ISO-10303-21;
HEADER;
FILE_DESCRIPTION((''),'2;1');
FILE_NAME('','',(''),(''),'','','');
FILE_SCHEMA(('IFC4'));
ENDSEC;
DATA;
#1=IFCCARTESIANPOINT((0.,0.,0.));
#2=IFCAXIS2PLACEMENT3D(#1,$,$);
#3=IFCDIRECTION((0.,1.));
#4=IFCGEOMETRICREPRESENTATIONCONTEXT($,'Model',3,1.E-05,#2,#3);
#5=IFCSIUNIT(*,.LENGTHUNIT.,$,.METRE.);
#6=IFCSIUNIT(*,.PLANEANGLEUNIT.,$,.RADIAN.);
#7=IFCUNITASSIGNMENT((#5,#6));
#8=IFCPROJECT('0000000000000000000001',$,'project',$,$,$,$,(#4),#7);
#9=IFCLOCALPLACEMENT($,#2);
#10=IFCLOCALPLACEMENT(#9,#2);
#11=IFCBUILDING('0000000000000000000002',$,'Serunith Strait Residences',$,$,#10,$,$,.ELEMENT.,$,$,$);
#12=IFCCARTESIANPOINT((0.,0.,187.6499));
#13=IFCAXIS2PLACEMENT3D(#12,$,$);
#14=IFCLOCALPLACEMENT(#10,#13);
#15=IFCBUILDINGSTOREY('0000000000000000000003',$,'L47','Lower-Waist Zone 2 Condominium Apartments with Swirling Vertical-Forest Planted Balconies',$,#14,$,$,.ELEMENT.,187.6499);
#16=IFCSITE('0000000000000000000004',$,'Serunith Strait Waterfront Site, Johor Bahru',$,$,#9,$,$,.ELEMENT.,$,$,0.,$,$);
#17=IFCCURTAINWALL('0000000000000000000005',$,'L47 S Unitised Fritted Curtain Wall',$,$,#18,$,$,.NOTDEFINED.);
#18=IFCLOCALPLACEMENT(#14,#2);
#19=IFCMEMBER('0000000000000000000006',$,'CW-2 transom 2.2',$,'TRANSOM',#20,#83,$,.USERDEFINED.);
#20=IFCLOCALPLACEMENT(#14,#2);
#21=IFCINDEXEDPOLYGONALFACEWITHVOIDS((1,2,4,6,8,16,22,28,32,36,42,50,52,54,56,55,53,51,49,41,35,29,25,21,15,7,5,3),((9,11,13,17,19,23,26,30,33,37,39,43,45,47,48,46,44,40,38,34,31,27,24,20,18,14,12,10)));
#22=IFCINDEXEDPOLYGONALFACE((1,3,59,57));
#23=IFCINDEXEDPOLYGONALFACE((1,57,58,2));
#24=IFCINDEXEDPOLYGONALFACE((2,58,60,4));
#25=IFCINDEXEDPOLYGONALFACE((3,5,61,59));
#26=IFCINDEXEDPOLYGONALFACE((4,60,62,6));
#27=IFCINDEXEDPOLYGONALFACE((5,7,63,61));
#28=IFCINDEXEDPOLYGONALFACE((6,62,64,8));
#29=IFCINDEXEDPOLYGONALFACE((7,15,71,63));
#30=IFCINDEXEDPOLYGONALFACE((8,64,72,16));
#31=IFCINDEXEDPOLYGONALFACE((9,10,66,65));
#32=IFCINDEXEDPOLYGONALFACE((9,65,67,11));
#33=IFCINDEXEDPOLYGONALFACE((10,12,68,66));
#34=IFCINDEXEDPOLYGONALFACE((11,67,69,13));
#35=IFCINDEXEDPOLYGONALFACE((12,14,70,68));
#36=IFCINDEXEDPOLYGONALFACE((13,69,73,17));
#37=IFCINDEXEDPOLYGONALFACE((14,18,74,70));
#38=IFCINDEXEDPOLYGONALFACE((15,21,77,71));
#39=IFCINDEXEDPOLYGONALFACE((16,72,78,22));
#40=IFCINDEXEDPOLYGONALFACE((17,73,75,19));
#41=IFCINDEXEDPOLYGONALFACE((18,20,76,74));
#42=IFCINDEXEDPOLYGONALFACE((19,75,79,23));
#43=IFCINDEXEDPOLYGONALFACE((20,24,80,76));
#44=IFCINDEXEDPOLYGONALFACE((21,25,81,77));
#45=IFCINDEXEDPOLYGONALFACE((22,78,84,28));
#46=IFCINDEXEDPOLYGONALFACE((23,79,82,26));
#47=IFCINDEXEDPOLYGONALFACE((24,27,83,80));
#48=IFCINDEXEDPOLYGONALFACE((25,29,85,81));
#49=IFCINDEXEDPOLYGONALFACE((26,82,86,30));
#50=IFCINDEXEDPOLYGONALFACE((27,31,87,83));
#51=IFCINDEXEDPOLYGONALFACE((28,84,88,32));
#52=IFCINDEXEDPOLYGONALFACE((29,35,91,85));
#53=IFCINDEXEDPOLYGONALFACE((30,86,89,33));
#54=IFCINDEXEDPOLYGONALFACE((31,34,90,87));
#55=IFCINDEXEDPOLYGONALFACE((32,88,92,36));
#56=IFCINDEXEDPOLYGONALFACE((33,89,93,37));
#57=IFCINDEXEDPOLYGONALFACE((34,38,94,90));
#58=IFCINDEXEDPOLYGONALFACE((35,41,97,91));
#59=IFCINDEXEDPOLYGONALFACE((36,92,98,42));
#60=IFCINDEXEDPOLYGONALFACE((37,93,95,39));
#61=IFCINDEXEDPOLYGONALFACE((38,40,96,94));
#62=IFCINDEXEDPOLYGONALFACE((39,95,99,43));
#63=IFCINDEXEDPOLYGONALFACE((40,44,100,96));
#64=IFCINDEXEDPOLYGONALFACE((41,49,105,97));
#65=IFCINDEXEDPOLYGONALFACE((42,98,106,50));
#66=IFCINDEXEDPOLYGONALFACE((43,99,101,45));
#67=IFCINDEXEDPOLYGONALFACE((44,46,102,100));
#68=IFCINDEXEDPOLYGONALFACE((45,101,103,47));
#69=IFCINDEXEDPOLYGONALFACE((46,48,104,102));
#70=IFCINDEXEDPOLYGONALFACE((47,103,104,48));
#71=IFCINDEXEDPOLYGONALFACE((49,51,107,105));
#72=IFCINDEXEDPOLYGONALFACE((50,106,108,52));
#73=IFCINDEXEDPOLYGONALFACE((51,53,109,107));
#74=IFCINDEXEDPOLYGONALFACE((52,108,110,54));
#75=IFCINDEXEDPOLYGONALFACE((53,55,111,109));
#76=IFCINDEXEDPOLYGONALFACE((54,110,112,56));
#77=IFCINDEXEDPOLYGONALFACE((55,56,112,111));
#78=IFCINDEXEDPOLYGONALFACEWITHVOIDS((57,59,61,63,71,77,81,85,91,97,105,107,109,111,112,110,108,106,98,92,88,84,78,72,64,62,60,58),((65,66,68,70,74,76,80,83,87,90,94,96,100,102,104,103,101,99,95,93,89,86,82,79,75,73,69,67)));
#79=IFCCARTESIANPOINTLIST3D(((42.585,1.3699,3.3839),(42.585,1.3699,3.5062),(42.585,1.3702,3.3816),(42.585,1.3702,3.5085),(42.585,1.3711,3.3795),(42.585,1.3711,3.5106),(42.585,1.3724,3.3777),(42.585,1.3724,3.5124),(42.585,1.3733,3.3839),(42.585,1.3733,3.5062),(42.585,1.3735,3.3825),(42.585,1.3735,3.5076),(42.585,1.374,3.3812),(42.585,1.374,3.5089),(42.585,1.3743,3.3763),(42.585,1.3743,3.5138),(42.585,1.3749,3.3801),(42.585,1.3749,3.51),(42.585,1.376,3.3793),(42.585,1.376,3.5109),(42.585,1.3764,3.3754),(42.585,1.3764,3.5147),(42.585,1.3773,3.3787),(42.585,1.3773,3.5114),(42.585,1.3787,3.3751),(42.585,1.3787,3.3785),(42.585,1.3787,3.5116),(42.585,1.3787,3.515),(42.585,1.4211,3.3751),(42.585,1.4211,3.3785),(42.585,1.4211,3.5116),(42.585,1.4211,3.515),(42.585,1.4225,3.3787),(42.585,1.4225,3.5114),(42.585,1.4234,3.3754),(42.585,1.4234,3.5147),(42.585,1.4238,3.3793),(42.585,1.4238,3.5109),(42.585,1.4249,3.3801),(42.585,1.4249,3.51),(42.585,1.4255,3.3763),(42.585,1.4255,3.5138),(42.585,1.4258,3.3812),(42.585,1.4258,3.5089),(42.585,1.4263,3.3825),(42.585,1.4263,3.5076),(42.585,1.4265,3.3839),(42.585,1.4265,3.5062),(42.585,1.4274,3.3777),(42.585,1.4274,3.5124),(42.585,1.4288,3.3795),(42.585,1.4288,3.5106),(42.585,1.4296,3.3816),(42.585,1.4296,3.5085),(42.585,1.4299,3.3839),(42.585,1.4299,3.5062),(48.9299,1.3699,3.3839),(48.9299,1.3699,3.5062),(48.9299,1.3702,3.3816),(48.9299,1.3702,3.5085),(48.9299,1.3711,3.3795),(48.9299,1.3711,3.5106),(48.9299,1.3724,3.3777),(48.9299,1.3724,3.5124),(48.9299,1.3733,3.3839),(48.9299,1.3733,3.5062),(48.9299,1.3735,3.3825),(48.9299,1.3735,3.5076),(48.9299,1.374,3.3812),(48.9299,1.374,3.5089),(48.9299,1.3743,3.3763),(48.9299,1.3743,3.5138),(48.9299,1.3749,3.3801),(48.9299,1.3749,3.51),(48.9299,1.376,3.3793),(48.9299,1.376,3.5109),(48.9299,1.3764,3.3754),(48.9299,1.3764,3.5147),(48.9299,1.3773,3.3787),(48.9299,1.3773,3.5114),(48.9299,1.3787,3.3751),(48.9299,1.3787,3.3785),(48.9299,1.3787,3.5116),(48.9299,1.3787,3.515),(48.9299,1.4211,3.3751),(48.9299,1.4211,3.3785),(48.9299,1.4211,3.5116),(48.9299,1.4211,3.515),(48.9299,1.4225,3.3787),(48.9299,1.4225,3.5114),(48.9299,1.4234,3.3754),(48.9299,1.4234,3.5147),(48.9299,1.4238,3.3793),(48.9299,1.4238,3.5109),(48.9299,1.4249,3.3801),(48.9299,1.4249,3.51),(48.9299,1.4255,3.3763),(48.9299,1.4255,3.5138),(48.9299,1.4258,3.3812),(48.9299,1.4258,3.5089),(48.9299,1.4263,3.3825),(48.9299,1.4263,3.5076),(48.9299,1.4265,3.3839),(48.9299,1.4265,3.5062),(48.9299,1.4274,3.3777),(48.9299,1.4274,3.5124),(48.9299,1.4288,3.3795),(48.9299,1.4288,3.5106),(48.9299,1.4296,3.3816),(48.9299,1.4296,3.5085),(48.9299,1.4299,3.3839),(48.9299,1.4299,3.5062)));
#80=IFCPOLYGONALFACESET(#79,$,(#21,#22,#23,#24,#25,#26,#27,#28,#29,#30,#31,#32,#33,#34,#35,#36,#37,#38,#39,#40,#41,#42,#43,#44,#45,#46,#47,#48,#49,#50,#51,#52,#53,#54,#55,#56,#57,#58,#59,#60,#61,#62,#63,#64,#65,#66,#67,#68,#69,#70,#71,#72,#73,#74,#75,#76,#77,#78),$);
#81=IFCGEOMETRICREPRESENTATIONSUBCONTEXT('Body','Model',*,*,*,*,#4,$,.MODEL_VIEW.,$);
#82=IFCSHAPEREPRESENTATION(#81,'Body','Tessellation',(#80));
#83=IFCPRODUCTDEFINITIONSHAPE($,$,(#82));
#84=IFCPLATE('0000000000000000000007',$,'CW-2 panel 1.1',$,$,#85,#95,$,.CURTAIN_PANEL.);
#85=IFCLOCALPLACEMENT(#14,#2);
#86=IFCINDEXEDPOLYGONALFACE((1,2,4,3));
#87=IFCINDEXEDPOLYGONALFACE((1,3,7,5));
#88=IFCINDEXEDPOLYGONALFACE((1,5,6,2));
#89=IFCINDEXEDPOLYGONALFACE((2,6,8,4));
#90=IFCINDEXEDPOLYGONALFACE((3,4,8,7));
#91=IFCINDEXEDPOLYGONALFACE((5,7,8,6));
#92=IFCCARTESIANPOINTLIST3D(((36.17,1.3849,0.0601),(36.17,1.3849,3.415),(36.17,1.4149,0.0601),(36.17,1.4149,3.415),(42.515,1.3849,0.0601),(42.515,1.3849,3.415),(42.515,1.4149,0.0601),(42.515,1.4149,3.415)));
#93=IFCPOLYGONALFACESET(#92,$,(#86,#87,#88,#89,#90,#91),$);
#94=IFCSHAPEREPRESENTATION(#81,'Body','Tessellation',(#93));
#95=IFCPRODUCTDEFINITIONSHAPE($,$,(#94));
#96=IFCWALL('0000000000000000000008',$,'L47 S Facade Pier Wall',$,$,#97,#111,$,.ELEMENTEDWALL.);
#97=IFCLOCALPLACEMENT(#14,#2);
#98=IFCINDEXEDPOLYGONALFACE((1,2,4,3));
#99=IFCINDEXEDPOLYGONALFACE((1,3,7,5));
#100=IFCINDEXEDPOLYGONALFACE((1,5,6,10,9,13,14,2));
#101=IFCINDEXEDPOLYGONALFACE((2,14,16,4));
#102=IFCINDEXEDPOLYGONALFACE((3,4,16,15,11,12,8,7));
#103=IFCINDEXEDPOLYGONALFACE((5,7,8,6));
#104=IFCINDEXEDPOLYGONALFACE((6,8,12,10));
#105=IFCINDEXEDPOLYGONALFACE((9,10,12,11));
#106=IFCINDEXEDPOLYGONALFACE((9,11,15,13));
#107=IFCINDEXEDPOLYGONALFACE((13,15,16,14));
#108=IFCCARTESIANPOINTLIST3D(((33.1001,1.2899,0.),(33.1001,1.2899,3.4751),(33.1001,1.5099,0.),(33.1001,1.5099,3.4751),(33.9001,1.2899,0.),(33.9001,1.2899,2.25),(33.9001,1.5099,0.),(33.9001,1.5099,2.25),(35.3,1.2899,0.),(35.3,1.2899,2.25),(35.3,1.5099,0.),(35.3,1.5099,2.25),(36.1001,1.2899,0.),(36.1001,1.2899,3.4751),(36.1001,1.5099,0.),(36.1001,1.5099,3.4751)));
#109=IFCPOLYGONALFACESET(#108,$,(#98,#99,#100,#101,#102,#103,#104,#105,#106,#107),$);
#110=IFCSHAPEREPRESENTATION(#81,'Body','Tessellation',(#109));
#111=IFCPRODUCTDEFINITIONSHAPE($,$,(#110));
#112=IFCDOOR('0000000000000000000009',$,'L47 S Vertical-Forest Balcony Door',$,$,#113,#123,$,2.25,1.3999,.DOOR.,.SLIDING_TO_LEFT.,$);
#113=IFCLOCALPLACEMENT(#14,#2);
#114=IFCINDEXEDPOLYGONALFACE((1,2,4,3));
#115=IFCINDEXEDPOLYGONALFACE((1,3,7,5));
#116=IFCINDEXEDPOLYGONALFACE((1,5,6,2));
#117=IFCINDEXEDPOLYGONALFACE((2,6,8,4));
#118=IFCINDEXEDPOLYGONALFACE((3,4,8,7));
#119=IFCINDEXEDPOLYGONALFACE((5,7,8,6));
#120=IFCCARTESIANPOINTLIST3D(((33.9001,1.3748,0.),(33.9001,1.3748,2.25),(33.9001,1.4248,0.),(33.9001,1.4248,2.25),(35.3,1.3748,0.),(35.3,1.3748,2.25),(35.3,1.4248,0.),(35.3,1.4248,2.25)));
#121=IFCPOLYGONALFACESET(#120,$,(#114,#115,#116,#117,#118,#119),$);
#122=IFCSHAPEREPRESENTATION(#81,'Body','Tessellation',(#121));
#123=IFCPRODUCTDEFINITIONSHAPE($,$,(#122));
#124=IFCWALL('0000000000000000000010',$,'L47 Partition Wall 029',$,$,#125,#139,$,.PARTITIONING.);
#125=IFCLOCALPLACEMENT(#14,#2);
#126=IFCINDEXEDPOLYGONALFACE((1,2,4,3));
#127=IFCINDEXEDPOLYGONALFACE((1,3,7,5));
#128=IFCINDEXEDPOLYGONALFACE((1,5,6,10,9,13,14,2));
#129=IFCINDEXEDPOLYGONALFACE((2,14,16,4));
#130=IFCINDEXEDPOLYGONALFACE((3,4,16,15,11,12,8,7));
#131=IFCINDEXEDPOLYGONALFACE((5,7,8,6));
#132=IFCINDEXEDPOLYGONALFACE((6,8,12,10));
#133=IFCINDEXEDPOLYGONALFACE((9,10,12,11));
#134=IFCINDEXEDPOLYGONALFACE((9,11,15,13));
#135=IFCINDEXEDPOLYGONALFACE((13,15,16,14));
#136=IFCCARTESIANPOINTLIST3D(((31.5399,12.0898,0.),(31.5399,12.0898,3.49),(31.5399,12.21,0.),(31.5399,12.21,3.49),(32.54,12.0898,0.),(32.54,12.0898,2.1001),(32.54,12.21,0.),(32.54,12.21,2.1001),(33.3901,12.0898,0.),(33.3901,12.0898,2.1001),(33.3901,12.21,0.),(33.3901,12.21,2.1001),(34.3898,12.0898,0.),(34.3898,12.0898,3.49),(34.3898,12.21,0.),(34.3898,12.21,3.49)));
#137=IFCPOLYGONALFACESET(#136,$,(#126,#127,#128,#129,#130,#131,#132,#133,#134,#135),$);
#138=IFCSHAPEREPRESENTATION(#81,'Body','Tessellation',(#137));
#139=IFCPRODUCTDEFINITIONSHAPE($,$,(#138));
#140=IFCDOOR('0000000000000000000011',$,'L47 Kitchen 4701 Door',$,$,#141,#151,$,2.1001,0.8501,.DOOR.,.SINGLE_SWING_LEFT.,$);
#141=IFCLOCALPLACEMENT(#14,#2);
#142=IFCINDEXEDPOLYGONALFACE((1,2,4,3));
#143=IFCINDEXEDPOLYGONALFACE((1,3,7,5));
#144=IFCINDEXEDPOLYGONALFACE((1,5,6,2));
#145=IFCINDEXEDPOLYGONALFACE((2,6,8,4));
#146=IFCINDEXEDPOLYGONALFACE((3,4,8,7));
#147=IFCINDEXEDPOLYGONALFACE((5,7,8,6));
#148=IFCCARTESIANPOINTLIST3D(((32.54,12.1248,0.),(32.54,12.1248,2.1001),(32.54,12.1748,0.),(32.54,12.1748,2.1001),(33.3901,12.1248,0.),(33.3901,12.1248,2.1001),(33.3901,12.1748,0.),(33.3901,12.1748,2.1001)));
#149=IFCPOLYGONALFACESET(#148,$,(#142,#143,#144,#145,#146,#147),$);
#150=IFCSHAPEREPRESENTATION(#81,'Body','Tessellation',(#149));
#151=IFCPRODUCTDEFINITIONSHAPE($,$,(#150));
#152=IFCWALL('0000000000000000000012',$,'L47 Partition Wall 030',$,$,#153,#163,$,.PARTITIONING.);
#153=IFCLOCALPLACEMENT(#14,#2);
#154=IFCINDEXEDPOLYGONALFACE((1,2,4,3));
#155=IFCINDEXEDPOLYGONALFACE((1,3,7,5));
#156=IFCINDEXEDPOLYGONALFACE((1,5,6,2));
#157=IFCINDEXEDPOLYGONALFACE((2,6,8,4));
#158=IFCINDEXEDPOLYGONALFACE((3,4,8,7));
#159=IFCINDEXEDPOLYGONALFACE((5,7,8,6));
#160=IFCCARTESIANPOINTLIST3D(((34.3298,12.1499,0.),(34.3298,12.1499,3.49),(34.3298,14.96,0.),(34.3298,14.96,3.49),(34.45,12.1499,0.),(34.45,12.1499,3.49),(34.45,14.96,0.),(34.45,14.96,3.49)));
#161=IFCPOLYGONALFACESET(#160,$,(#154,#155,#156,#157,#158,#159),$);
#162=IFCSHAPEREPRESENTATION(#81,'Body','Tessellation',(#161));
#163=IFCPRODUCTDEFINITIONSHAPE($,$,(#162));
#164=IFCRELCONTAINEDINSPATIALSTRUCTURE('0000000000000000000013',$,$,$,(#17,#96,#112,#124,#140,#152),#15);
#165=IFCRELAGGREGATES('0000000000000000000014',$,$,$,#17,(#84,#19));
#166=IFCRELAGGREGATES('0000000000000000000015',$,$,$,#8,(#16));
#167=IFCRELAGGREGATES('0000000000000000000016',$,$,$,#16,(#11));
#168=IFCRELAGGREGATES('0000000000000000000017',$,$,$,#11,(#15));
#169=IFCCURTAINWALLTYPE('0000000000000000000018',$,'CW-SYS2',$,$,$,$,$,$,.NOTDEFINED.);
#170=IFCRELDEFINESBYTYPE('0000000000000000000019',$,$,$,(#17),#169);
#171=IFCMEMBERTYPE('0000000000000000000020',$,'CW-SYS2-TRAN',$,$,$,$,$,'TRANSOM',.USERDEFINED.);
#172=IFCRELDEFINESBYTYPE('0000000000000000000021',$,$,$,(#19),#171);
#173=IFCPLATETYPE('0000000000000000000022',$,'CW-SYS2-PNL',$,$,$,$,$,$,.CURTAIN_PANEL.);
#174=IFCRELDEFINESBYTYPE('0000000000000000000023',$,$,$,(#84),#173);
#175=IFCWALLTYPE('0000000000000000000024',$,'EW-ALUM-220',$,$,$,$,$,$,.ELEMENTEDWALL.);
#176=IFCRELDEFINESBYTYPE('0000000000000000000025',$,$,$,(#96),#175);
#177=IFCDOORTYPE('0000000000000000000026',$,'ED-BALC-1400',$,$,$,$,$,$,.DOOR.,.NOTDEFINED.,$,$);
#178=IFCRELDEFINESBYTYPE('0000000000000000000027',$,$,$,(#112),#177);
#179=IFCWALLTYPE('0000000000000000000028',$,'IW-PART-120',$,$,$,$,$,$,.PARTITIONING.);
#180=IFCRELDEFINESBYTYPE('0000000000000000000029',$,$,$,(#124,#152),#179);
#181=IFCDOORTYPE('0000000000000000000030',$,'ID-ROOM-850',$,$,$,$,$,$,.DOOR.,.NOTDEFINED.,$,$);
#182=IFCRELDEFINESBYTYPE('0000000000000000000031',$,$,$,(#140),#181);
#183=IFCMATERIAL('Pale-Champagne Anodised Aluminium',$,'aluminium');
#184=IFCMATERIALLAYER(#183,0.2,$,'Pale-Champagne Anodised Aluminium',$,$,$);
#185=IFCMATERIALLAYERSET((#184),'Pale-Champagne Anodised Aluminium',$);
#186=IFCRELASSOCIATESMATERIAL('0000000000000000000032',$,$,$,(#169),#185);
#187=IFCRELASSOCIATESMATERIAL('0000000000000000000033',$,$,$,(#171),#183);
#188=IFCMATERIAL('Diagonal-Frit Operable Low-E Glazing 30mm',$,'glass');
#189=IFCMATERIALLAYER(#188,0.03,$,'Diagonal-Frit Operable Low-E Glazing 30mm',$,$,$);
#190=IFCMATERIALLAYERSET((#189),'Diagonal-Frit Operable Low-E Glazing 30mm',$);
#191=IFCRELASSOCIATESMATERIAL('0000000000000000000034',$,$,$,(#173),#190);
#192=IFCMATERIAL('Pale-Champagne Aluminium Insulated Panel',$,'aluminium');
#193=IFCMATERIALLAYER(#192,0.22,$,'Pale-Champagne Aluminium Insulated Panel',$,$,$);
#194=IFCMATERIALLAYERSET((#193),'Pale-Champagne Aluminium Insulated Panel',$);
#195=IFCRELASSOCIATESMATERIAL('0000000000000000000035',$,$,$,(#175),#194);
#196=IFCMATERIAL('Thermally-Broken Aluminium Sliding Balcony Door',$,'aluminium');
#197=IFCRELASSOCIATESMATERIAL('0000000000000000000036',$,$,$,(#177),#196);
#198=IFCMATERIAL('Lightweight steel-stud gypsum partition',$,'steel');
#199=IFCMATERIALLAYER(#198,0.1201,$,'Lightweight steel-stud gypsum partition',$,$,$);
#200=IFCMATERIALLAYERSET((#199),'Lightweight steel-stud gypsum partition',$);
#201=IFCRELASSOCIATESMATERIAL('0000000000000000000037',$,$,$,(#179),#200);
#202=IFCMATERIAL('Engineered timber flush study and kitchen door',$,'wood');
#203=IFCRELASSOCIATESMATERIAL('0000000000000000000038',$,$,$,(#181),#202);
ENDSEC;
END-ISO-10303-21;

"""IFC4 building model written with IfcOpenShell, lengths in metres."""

from ifc_helpers import new_model, si_unit, direction, frame, frame_2d, origin, origin_2d, place, context, subcontext, project, spatial, rectangle, hollow_rectangle, extrude, source, transform, mapped, material, layer, layer_set, material_profile, profile_set, type_object, element, fill, aggregate, save


model = new_model("IFC4")

# Units and contexts
model_context = context("Model", 3, precision=1e-05, world=origin(), true_north=direction((0.0, 1.0)))
body_context = subcontext(model_context, "Body", "Model", "MODEL_VIEW")
ifc_project = project(units=[si_unit("LENGTHUNIT", "METRE"), si_unit("PLANEANGLEUNIT", "RADIAN")], contexts=[model_context])

# Site, building, storey
site_placement = place(None, origin())
site = spatial("IfcSite", under=ifc_project, at=site_placement, Name="Serunith Strait Waterfront Site, Johor Bahru", CompositionType="ELEMENT", RefElevation=0.0)
building_placement = place(site_placement, origin())
building = spatial("IfcBuilding", under=site, at=building_placement, Name="Serunith Strait Residences", CompositionType="ELEMENT")
storey_placement = place(building_placement, frame((0.0, 0.0, 187.6499)))
storey = spatial("IfcBuildingStorey", under=building, at=storey_placement, Name="L47", Description="Lower-Waist Zone 2 Condominium Apartments with Swirling Vertical-Forest Planted Balconies", CompositionType="ELEMENT", Elevation=187.6499)

# Shared definitions
ifc_material_1 = material(Name="Pale-Champagne Anodised Aluminium", Category="aluminium")
ifc_layer_1 = layer(ifc_material_1, 0.2, Name="Pale-Champagne Anodised Aluminium")
ifc_layer_set_1 = layer_set([ifc_layer_1], Name="Pale-Champagne Anodised Aluminium")
curtain_wall_type = type_object("IfcCurtainWallType", Name="CW-SYS2", PredefinedType="NOTDEFINED", material=ifc_layer_set_1)

# Curtain wall, member, plate
curtain_wall_1_placement = place(storey_placement, origin())
curtain_wall_1 = element("IfcCurtainWall", 1, at=curtain_wall_1_placement, inside=storey, type_object=curtain_wall_type, Name="L47 S Unitised Fritted Curtain Wall", PredefinedType="NOTDEFINED")
ifc_material_profile_1 = material_profile(ifc_material_1, hollow_rectangle(XDim=0.0601, YDim=0.1399, WallThickness=0.0034, InnerFilletRadius=0.0054, OuterFilletRadius=0.0088, at=origin_2d()), Name="ALU 140x60x3.5")
ifc_profile_set_1 = profile_set([ifc_material_profile_1], Name="Pale-Champagne Anodised Aluminium")
member_type_1 = type_object("IfcMemberType", Name="CW-SYS2-TRAN", ElementType="TRANSOM", PredefinedType="USERDEFINED", material=ifc_profile_set_1)
shared_shape_1 = source(origin(), body_context, "Body", "SweptSolid", [
    extrude(hollow_rectangle(XDim=0.0601, YDim=0.1399, WallThickness=0.0034, InnerFilletRadius=0.0054, OuterFilletRadius=0.0088, at=origin_2d()), origin(), (0.0, 0.0, 1.0), 6.345),
])
member_1_placement = place(storey_placement, frame((42.585, 1.3999, 3.4451), z_axis=(1.0, 0.0, 0.0), x_axis=(0.0, 1.0, 0.0)))
member_1 = element("IfcMember", 2, at=member_1_placement, type_object=member_type_1, Name="CW-2 transom 2.2", ObjectType="TRANSOM", PredefinedType="USERDEFINED", context=body_context, shape_type="MappedRepresentation", body=[
    mapped(shared_shape_1, transform((0.0, 0.0, 0.0), scale=1.0)),
])
ifc_material_2 = material(Name="Diagonal-Frit Operable Low-E Glazing 30mm", Category="glass")
ifc_layer_2 = layer(ifc_material_2, 0.03, Name="Diagonal-Frit Operable Low-E Glazing 30mm")
ifc_layer_set_2 = layer_set([ifc_layer_2], Name="Diagonal-Frit Operable Low-E Glazing 30mm")
plate_type = type_object("IfcPlateType", Name="CW-SYS2-PNL", PredefinedType="CURTAIN_PANEL", material=ifc_layer_set_2)
shared_shape_2 = source(origin(), body_context, "Body", "SweptSolid", [
    extrude(rectangle(XDim=6.345, YDim=0.03, at=origin_2d()), origin(), (0.0, 0.0, 1.0), 3.355),
])
plate_placement = place(storey_placement, frame((39.3425, 1.3999, 0.0601), z_axis=(0.0, 0.0, 1.0), x_axis=(1.0, 0.0, 0.0)))
plate = element("IfcPlate", 3, at=plate_placement, type_object=plate_type, Name="CW-2 panel 1.1", PredefinedType="CURTAIN_PANEL", context=body_context, shape_type="MappedRepresentation", body=[
    mapped(shared_shape_2, transform((0.0, 0.0, 0.0), scale=1.0)),
])
aggregate(curtain_wall_1, [plate, member_1])

# Walls, openings, doors
ifc_material_3 = material(Name="Pale-Champagne Aluminium Insulated Panel", Category="aluminium")
ifc_layer_3 = layer(ifc_material_3, 0.22, Name="Pale-Champagne Aluminium Insulated Panel")
ifc_layer_set_3 = layer_set([ifc_layer_3], Name="Pale-Champagne Aluminium Insulated Panel")
wall_type_1 = type_object("IfcWallType", Name="EW-ALUM-220", PredefinedType="ELEMENTEDWALL", material=ifc_layer_set_3)
wall_1_placement = place(storey_placement, frame((33.1001, 1.3999, 0.0), z_axis=(0.0, 0.0, 1.0), x_axis=(1.0, 0.0, 0.0)))
wall_1 = element("IfcWall", 4, at=wall_1_placement, inside=storey, type_object=wall_type_1, Name="L47 S Facade Pier Wall", PredefinedType="ELEMENTEDWALL", context=body_context, shape_type="SweptSolid", body=[
    extrude(rectangle(XDim=3.0, YDim=0.22, at=frame_2d((1.5, 0.0))), origin(), (0.0, 0.0, 1.0), 3.4751),
])
opening_1_placement = place(wall_1_placement, frame((0.8, 0.0, 0.0)))
opening_1 = element("IfcOpeningElement", 5, at=opening_1_placement, cuts=wall_1, PredefinedType="OPENING", context=body_context, shape_type="SweptSolid", body=[
    extrude(rectangle(XDim=1.3999, YDim=2.25, at=frame_2d((0.7, 1.125))), frame((0.0, 0.1201, 0.0), z_axis=(0.0, -1.0, 0.0), x_axis=(1.0, 0.0, 0.0)), (0.0, 0.0, 1.0), 0.24),
])
ifc_material_4 = material(Name="Thermally-Broken Aluminium Sliding Balcony Door", Category="aluminium")
door_type_1 = type_object("IfcDoorType", Name="ED-BALC-1400", OperationType="NOTDEFINED", PredefinedType="DOOR", material=ifc_material_4)
shared_shape_3 = source(origin(), body_context, "Body", "SweptSolid", [
    extrude(rectangle(XDim=1.3999, YDim=2.25, at=frame_2d((0.7, 1.125))), frame((0.0, 0.0249, 0.0), z_axis=(0.0, -1.0, 0.0), x_axis=(1.0, 0.0, 0.0)), (0.0, 0.0, 1.0), 0.05),
])
door_1_placement = place(opening_1_placement, origin())
door_1 = element("IfcDoor", 6, at=door_1_placement, inside=storey, type_object=door_type_1, Name="L47 S Vertical-Forest Balcony Door", OperationType="SLIDING_TO_LEFT", OverallHeight=2.25, OverallWidth=1.3999, PredefinedType="DOOR", context=body_context, shape_type="MappedRepresentation", body=[
    mapped(shared_shape_3, transform((0.0, 0.0, 0.0), scale=1.0)),
])
fill(opening_1, door_1)
ifc_material_5 = material(Name="Lightweight steel-stud gypsum partition", Category="steel")
ifc_layer_4 = layer(ifc_material_5, 0.1201, Name="Lightweight steel-stud gypsum partition")
ifc_layer_set_4 = layer_set([ifc_layer_4], Name="Lightweight steel-stud gypsum partition")
wall_type_2 = type_object("IfcWallType", Name="IW-PART-120", PredefinedType="PARTITIONING", material=ifc_layer_set_4)
wall_2_placement = place(storey_placement, frame((31.54, 12.1499, 0.0), z_axis=(0.0, 0.0, 1.0), x_axis=(1.0, 0.0, 0.0)))
wall_2 = element("IfcWall", 7, at=wall_2_placement, inside=storey, type_object=wall_type_2, Name="L47 Partition Wall 029", PredefinedType="PARTITIONING", context=body_context, shape_type="SweptSolid", body=[
    extrude(rectangle(XDim=2.8499, YDim=0.1201, at=frame_2d((1.4248, 0.0))), origin(), (0.0, 0.0, 1.0), 3.49),
])
opening_2_placement = place(wall_2_placement, frame((1.0, 0.0, 0.0)))
opening_2 = element("IfcOpeningElement", 8, at=opening_2_placement, cuts=wall_2, PredefinedType="OPENING", context=body_context, shape_type="SweptSolid", body=[
    extrude(rectangle(XDim=0.8501, YDim=2.1001, at=frame_2d((0.425, 1.05))), frame((0.0, 0.0701, 0.0), z_axis=(0.0, -1.0, 0.0), x_axis=(1.0, 0.0, 0.0)), (0.0, 0.0, 1.0), 0.1401),
])
ifc_material_6 = material(Name="Engineered timber flush study and kitchen door", Category="wood")
door_type_2 = type_object("IfcDoorType", Name="ID-ROOM-850", OperationType="NOTDEFINED", PredefinedType="DOOR", material=ifc_material_6)
shared_shape_4 = source(origin(), body_context, "Body", "SweptSolid", [
    extrude(rectangle(XDim=0.8501, YDim=2.1001, at=frame_2d((0.425, 1.05))), frame((0.0, 0.0249, 0.0), z_axis=(0.0, -1.0, 0.0), x_axis=(1.0, 0.0, 0.0)), (0.0, 0.0, 1.0), 0.05),
])
door_2_placement = place(opening_2_placement, origin())
door_2 = element("IfcDoor", 9, at=door_2_placement, inside=storey, type_object=door_type_2, Name="L47 Kitchen 4701 Door", OperationType="SINGLE_SWING_LEFT", OverallHeight=2.1001, OverallWidth=0.8501, PredefinedType="DOOR", context=body_context, shape_type="MappedRepresentation", body=[
    mapped(shared_shape_4, transform((0.0, 0.0, 0.0), scale=1.0)),
])
fill(opening_2, door_2)

# Wall
wall_3_placement = place(storey_placement, frame((34.3899, 12.1499, 0.0), z_axis=(0.0, 0.0, 1.0), x_axis=(0.0, 1.0, 0.0)))
element("IfcWall", 10, at=wall_3_placement, inside=storey, type_object=wall_type_2, Name="L47 Partition Wall 030", PredefinedType="PARTITIONING", context=body_context, shape_type="SweptSolid", body=[
    extrude(rectangle(XDim=2.8101, YDim=0.1201, at=frame_2d((1.405, 0.0))), origin(), (0.0, 0.0, 1.0), 3.49),
])

save(model, "model.ifc")
